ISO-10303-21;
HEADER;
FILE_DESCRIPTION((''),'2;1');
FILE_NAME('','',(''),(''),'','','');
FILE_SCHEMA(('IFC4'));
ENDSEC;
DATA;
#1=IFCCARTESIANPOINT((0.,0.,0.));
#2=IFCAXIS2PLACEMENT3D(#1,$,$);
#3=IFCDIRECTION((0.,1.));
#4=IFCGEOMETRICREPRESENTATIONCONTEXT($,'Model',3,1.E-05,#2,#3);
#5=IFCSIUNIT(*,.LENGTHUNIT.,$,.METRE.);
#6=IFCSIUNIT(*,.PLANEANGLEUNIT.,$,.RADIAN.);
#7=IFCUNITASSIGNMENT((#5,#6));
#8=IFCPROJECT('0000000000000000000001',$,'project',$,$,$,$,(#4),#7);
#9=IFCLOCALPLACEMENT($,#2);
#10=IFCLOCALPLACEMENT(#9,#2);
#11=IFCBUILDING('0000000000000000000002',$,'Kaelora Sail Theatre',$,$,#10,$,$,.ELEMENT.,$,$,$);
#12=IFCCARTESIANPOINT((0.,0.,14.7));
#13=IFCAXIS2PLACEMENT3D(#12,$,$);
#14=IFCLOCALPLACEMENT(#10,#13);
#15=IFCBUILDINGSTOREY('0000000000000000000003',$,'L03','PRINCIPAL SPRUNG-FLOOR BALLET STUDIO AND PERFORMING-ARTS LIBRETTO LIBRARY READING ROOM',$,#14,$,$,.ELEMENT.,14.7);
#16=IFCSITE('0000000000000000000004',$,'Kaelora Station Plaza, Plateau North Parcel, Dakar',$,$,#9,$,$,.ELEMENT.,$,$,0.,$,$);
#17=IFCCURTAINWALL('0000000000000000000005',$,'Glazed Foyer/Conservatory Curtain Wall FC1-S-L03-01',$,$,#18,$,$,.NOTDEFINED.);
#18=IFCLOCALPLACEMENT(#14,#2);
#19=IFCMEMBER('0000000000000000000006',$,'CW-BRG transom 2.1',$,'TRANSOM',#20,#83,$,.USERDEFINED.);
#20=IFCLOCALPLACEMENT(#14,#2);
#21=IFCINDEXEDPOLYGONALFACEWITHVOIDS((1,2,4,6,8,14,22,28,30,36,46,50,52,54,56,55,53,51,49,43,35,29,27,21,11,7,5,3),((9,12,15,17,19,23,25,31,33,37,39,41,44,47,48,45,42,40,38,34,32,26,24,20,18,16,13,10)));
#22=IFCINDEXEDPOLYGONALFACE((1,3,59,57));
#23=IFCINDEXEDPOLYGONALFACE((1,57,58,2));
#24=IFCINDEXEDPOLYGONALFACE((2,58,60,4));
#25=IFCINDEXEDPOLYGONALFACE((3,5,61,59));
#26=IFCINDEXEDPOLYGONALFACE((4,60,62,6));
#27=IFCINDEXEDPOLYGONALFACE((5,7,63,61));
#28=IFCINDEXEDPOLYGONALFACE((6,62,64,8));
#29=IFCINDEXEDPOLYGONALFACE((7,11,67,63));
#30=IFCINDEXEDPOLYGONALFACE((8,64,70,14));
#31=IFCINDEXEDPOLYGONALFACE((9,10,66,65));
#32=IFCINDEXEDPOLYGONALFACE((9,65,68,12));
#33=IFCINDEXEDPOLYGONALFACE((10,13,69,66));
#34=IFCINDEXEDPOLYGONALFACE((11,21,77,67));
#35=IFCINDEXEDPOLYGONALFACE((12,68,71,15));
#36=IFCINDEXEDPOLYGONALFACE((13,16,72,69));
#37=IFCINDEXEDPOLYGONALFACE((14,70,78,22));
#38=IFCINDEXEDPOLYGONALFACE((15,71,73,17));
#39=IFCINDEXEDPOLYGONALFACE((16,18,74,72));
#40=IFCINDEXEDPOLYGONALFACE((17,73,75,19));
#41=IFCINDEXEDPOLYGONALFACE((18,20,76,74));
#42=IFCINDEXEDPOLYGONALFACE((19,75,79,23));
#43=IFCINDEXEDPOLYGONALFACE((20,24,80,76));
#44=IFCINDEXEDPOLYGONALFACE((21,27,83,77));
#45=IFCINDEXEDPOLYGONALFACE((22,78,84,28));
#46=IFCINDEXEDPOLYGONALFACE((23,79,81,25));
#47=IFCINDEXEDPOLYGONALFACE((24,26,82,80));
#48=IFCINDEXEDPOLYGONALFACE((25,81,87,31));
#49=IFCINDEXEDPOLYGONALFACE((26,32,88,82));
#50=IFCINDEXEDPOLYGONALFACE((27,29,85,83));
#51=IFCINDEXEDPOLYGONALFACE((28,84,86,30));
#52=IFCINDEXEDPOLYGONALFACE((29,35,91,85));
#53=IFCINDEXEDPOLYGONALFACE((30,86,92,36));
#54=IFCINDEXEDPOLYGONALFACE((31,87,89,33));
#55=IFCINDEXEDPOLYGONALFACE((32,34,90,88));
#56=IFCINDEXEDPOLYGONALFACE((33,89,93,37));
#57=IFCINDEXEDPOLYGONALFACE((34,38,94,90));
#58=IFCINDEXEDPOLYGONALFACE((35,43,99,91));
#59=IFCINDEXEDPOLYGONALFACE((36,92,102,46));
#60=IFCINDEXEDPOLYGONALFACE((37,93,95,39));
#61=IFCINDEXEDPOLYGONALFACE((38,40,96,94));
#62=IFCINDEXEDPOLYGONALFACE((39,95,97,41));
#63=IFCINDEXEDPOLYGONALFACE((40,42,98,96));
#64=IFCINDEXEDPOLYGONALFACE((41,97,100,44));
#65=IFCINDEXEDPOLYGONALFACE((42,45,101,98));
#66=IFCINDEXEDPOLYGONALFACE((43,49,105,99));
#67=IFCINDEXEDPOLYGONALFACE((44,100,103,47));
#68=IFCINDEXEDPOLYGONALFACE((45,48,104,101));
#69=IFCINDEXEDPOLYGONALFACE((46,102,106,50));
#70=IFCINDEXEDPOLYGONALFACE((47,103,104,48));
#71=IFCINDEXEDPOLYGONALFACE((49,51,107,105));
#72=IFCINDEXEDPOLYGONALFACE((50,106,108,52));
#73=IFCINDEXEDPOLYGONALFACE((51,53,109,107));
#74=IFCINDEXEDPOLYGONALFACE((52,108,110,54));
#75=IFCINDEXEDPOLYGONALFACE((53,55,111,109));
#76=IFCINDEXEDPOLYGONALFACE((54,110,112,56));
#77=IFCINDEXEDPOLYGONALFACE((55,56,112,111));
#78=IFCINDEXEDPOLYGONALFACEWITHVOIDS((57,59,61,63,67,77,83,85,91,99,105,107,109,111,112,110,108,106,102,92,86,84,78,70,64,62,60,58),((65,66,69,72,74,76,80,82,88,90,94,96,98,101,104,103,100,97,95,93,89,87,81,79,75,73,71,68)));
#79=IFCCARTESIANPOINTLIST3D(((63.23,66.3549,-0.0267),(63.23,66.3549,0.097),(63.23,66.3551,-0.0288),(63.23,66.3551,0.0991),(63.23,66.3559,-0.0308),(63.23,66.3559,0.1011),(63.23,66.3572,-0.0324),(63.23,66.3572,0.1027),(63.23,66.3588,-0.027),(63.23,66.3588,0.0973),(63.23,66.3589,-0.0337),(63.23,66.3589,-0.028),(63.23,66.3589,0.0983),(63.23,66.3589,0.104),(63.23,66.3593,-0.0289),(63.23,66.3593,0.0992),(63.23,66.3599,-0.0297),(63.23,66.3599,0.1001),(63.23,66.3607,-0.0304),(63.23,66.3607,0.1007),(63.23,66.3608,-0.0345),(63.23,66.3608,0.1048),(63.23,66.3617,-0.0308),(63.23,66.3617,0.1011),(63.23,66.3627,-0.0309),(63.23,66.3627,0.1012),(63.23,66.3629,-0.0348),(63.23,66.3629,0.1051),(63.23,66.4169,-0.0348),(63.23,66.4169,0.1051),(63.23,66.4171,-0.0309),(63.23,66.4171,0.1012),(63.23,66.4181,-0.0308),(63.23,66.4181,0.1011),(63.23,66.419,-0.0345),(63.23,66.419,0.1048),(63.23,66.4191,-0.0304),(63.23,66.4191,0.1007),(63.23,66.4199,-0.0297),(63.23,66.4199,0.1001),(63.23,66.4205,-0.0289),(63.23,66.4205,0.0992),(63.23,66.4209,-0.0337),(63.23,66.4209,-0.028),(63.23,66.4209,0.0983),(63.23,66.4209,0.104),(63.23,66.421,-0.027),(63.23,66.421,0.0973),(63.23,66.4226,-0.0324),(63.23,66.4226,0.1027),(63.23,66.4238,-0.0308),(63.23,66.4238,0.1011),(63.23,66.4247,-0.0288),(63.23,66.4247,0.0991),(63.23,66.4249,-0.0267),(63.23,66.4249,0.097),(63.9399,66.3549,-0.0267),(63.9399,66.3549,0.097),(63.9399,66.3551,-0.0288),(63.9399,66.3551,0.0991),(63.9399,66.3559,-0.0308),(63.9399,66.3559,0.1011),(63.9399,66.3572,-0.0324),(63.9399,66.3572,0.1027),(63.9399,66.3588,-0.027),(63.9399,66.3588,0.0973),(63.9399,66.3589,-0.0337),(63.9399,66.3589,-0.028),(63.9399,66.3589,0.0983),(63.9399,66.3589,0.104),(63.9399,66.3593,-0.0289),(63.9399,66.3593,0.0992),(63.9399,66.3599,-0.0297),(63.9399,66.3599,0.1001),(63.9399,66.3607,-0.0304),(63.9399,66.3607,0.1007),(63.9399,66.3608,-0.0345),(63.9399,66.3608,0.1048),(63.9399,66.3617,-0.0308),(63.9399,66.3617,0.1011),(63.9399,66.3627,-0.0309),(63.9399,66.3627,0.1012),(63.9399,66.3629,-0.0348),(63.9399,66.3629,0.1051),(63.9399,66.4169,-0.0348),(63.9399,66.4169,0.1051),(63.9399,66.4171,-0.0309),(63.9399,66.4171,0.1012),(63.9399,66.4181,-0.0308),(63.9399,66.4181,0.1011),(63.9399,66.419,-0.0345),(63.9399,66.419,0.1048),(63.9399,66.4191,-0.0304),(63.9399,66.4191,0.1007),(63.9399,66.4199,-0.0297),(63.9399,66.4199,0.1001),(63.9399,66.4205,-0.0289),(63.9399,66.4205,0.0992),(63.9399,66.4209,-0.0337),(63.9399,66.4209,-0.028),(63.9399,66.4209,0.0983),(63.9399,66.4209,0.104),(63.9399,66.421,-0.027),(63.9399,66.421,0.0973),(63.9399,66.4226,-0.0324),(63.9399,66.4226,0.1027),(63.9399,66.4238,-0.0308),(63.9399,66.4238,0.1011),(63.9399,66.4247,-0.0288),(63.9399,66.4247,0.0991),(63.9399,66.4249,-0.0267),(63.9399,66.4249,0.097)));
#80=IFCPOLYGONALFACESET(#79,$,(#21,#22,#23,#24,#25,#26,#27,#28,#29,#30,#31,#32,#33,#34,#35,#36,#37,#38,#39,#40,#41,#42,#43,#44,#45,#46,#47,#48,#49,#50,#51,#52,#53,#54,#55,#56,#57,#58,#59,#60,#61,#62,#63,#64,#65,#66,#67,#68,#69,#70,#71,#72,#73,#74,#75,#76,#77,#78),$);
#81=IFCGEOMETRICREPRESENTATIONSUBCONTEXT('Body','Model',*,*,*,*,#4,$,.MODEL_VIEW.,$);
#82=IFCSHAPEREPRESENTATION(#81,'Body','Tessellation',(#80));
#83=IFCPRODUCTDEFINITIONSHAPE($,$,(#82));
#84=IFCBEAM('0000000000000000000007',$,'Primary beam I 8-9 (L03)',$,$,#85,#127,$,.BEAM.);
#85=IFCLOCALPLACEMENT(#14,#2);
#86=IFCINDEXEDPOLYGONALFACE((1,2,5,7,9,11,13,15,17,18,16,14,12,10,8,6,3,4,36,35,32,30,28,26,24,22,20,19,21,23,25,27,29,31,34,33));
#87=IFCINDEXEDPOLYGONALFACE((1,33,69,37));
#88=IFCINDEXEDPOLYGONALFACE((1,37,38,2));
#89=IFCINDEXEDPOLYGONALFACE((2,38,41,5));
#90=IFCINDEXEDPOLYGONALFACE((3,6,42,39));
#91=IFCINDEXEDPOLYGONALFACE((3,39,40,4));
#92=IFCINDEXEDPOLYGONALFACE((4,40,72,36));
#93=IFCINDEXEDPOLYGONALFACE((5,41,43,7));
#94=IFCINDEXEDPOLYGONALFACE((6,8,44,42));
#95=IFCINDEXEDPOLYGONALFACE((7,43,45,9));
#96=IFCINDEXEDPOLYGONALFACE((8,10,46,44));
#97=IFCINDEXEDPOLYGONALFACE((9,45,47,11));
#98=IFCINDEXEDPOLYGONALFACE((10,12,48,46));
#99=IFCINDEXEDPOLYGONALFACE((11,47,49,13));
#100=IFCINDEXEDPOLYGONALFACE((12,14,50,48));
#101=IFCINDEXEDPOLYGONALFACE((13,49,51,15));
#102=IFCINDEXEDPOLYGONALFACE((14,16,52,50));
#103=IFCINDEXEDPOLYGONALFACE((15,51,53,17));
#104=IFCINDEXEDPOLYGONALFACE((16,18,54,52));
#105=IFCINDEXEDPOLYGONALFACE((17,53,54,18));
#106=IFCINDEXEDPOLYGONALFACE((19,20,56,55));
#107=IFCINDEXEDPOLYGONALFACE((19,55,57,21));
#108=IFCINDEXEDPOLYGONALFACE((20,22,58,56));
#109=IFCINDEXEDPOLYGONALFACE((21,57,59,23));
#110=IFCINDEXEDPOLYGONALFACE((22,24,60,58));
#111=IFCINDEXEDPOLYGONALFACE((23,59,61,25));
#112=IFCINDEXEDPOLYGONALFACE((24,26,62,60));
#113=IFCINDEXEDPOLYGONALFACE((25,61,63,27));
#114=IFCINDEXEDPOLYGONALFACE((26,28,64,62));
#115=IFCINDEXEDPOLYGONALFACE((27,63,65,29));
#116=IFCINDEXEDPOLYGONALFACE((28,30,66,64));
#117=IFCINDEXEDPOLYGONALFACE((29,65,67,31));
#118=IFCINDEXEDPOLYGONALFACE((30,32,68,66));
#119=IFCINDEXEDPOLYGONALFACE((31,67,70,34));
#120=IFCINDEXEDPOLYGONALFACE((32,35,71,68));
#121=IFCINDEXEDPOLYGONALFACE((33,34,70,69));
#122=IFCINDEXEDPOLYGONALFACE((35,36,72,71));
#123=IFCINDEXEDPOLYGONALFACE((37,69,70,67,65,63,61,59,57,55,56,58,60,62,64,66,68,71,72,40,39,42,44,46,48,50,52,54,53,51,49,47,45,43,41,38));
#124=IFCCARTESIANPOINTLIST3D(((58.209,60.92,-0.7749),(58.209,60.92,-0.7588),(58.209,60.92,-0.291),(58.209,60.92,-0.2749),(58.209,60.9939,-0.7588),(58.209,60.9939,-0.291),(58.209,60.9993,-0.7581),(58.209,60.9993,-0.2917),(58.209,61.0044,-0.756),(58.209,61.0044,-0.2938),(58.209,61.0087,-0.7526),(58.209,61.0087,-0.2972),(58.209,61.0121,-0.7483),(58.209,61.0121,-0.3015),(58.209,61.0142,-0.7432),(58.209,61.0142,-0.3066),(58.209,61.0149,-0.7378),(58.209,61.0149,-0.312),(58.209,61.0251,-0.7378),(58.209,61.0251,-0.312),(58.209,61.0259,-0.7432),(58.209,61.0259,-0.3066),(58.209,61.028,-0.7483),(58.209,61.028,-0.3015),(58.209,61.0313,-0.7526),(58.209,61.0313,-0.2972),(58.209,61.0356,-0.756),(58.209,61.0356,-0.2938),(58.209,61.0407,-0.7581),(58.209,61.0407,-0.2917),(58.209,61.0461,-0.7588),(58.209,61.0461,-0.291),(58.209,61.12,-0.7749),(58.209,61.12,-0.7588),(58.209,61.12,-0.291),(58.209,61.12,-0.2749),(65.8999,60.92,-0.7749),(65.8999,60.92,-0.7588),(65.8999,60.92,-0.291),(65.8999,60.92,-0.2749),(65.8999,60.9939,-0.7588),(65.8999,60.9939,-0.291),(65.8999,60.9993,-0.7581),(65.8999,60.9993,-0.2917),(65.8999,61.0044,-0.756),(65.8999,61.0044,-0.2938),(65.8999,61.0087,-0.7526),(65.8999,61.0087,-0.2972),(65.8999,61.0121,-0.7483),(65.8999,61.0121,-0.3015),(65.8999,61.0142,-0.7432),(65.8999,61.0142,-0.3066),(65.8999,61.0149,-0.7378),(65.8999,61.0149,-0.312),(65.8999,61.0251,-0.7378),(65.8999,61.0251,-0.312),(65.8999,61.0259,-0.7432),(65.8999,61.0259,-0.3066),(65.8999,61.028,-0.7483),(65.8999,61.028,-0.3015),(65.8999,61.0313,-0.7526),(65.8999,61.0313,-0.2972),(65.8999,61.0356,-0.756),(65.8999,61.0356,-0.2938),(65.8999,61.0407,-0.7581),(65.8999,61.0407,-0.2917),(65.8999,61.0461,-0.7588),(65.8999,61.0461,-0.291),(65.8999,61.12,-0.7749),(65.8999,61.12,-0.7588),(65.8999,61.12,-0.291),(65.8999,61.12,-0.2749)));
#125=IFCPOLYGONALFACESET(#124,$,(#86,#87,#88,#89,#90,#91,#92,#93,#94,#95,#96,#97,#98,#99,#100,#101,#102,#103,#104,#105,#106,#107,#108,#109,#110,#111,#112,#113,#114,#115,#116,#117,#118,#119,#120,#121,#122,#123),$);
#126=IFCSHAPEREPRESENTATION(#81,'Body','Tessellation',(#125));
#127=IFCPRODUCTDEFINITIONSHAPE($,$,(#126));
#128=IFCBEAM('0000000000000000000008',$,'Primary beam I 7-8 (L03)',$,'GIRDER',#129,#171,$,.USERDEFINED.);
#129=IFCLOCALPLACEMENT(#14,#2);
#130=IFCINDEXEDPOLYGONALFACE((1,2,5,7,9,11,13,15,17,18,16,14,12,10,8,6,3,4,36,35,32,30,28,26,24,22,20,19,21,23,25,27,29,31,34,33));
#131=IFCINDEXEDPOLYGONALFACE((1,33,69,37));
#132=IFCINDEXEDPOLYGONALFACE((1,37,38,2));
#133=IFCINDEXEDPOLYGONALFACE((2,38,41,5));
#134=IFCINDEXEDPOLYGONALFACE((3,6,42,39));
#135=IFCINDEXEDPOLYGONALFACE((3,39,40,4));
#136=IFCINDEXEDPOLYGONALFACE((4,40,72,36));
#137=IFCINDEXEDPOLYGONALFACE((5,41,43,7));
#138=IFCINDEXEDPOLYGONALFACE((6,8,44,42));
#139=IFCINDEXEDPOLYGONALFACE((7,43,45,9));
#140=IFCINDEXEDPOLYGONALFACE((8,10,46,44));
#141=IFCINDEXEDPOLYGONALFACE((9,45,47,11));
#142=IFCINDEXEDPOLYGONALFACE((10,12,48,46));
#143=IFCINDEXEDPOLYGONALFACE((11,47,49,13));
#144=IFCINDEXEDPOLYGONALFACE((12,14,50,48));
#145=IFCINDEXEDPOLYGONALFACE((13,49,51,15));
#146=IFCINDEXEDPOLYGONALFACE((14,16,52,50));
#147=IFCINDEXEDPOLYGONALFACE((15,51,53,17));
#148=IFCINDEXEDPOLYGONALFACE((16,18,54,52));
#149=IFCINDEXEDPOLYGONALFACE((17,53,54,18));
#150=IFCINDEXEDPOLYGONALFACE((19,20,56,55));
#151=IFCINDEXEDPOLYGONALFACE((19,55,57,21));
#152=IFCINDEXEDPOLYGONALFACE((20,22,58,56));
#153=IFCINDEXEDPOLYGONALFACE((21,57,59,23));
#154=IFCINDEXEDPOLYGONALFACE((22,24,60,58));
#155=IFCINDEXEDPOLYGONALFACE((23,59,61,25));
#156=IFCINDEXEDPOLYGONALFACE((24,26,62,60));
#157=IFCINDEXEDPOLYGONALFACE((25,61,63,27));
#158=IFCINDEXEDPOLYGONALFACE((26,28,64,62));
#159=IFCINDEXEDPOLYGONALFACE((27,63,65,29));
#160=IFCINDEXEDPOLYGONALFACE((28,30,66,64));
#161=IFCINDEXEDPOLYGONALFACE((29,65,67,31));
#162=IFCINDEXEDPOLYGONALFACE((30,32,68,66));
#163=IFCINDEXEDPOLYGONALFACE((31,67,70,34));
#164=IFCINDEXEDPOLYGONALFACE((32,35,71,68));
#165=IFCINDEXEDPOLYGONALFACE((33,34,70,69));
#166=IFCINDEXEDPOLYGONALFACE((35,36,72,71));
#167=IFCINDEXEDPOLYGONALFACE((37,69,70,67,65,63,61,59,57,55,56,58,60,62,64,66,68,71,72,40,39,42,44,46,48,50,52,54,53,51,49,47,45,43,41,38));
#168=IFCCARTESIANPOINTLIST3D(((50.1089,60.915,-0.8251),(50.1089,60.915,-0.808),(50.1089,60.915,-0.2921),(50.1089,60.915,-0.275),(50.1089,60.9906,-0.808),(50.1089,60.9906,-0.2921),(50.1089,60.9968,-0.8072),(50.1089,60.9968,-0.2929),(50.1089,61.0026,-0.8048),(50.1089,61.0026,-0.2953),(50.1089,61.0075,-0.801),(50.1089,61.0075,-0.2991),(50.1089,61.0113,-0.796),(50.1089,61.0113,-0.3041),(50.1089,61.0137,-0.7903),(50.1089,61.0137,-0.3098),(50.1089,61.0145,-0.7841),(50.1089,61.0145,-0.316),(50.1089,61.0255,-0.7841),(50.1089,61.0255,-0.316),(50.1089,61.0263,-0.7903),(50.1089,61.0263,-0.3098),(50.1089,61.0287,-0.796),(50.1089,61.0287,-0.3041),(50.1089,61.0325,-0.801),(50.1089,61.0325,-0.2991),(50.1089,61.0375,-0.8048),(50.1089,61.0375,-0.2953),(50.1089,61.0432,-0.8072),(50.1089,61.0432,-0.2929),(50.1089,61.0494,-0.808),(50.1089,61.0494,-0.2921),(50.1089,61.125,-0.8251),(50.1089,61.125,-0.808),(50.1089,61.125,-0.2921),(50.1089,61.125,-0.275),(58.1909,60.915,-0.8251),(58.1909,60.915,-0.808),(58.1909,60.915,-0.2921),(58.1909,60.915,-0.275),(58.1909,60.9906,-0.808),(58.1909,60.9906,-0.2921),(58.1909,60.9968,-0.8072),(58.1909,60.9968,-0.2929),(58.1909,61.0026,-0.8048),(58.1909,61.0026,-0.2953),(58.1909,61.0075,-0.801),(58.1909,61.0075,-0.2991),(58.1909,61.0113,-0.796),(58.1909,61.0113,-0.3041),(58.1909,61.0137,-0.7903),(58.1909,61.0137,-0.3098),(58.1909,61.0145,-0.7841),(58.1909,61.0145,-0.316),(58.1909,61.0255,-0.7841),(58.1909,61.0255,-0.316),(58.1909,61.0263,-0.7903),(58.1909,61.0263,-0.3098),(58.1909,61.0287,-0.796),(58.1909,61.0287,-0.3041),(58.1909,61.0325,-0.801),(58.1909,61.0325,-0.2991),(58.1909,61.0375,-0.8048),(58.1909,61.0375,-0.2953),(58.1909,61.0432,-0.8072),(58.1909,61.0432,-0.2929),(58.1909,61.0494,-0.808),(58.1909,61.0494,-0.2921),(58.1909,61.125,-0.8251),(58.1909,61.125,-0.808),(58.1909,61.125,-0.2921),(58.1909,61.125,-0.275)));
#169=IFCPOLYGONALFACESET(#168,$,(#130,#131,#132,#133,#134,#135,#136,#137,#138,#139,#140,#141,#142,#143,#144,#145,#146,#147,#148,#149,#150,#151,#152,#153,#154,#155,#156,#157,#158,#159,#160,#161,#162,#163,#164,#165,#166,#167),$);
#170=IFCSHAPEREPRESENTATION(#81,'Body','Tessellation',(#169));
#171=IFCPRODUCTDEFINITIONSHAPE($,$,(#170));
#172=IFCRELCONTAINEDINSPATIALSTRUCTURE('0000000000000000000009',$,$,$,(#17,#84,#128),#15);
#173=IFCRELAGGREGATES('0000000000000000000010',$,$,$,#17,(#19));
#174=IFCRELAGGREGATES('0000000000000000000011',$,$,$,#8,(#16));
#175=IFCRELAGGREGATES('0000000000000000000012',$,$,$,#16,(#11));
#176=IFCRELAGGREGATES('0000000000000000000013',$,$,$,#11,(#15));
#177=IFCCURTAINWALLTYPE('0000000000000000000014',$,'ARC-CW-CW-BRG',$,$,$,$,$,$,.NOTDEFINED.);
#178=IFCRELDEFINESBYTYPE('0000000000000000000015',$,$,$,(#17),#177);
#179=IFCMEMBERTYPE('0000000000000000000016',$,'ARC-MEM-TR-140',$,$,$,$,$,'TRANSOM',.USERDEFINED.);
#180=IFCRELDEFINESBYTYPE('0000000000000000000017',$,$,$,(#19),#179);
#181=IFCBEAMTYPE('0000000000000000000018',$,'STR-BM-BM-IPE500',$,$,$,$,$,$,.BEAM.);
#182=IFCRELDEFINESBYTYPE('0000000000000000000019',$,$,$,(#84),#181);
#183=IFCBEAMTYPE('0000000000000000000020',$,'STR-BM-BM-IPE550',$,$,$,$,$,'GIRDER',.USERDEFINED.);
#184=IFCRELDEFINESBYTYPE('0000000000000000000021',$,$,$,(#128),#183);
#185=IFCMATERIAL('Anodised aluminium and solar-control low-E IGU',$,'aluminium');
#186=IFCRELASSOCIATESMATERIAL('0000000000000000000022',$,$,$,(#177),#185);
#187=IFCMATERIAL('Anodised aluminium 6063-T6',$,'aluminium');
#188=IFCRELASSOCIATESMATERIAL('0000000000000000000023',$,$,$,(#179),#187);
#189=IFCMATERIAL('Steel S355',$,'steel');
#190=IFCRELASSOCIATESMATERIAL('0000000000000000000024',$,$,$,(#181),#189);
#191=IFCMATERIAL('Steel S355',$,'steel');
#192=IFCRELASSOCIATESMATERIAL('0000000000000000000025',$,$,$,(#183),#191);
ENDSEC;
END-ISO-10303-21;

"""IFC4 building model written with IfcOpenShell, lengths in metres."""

from ifc_helpers import new_model, si_unit, direction, frame, origin, origin_2d, place, context, subcontext, project, spatial, hollow_rectangle, i_section, extrude, material, material_profile, profile_set, type_object, element, aggregate, save


model = new_model("IFC4")

# Units and contexts
model_context = context("Model", 3, precision=1e-05, world=origin(), true_north=direction((0.0, 1.0)))
body_context = subcontext(model_context, "Body", "Model", "MODEL_VIEW")
ifc_project = project(units=[si_unit("LENGTHUNIT", "METRE"), si_unit("PLANEANGLEUNIT", "RADIAN")], contexts=[model_context])

# Site, building, storey
site_placement = place(None, origin())
site = spatial("IfcSite", under=ifc_project, at=site_placement, Name="Kaelora Station Plaza, Plateau North Parcel, Dakar", CompositionType="ELEMENT", RefElevation=0.0)
building_placement = place(site_placement, origin())
building = spatial("IfcBuilding", under=site, at=building_placement, Name="Kaelora Sail Theatre", CompositionType="ELEMENT")
storey_placement = place(building_placement, frame((0.0, 0.0, 14.7)))
storey = spatial("IfcBuildingStorey", under=building, at=storey_placement, Name="L03", Description="PRINCIPAL SPRUNG-FLOOR BALLET STUDIO AND PERFORMING-ARTS LIBRETTO LIBRARY READING ROOM", CompositionType="ELEMENT", Elevation=14.7)

# Curtain wall, member
ifc_material_1 = material(Name="Anodised aluminium and solar-control low-E IGU", Category="aluminium")
curtain_wall_type = type_object("IfcCurtainWallType", Name="ARC-CW-CW-BRG", PredefinedType="NOTDEFINED", material=ifc_material_1)
curtain_wall_placement = place(storey_placement, origin())
curtain_wall = element("IfcCurtainWall", 1, at=curtain_wall_placement, inside=storey, type_object=curtain_wall_type, Name="Glazed Foyer/Conservatory Curtain Wall FC1-S-L03-01", PredefinedType="NOTDEFINED")
ifc_material_2 = material(Name="Anodised aluminium 6063-T6", Category="aluminium")
ifc_material_profile_1 = material_profile(ifc_material_2, hollow_rectangle(XDim=0.0701, YDim=0.1399, WallThickness=0.0039, InnerFilletRadius=0.0039, OuterFilletRadius=0.0081, at=origin_2d()), Name="ALU-TRAN 70x140x4")
ifc_profile_set_1 = profile_set([ifc_material_profile_1], Name="Anodised aluminium 6063-T6")
member_type_1 = type_object("IfcMemberType", Name="ARC-MEM-TR-140", ElementType="TRANSOM", PredefinedType="USERDEFINED", material=ifc_profile_set_1)
member_1_placement = place(storey_placement, frame((63.23, 66.3899, 0.0352), z_axis=(1.0, 0.0, 0.0), x_axis=(0.0, 1.0, 0.0)))
member_1 = element("IfcMember", 2, at=member_1_placement, type_object=member_type_1, Name="CW-BRG transom 2.1", ObjectType="TRANSOM", PredefinedType="USERDEFINED", context=body_context, shape_type="SweptSolid", body=[
    extrude(hollow_rectangle(XDim=0.0701, YDim=0.1399, WallThickness=0.0039, InnerFilletRadius=0.0039, OuterFilletRadius=0.0081, at=origin_2d()), origin(), (0.0, 0.0, 1.0), 0.71),
])

# Beams
ifc_material_3 = material(Name="Steel S355", Category="steel")
ifc_material_profile_2 = material_profile(ifc_material_3, i_section(OverallWidth=0.2, OverallDepth=0.5, WebThickness=0.0103, FlangeThickness=0.0161, FilletRadius=0.021, at=origin_2d()), Name="IPE 500")
ifc_profile_set_2 = profile_set([ifc_material_profile_2], Name="Steel S355")
beam_type_1 = type_object("IfcBeamType", Name="STR-BM-BM-IPE500", PredefinedType="BEAM", material=ifc_profile_set_2)
beam_1_placement = place(storey_placement, frame((58.209, 61.02, -0.5249), z_axis=(1.0, 0.0, 0.0), x_axis=(0.0, 1.0, 0.0)))
element("IfcBeam", 3, at=beam_1_placement, inside=storey, type_object=beam_type_1, Name="Primary beam I 8-9 (L03)", PredefinedType="BEAM", context=body_context, shape_type="SweptSolid", body=[
    extrude(i_section(OverallWidth=0.2, OverallDepth=0.5, WebThickness=0.0103, FlangeThickness=0.0161, FilletRadius=0.021, at=origin_2d()), origin(), (0.0, 0.0, 1.0), 7.6909),
])
ifc_material_4 = material(Name="Steel S355", Category="steel")
ifc_material_profile_3 = material_profile(ifc_material_4, i_section(OverallWidth=0.21, OverallDepth=0.55, WebThickness=0.011, FlangeThickness=0.0171, FilletRadius=0.0239, at=origin_2d()), Name="IPE 550")
ifc_profile_set_3 = profile_set([ifc_material_profile_3], Name="Steel S355")
beam_type_2 = type_object("IfcBeamType", Name="STR-BM-BM-IPE550", ElementType="GIRDER", PredefinedType="USERDEFINED", material=ifc_profile_set_3)
beam_2_placement = place(storey_placement, frame((50.1089, 61.02, -0.55), z_axis=(1.0, 0.0, 0.0), x_axis=(0.0, 1.0, 0.0)))
element("IfcBeam", 4, at=beam_2_placement, inside=storey, type_object=beam_type_2, Name="Primary beam I 7-8 (L03)", ObjectType="GIRDER", PredefinedType="USERDEFINED", context=body_context, shape_type="SweptSolid", body=[
    extrude(i_section(OverallWidth=0.21, OverallDepth=0.55, WebThickness=0.011, FlangeThickness=0.0171, FilletRadius=0.0239, at=origin_2d()), origin(), (0.0, 0.0, 1.0), 8.082),
])

aggregate(curtain_wall, [member_1])

save(model, "model.ifc")
